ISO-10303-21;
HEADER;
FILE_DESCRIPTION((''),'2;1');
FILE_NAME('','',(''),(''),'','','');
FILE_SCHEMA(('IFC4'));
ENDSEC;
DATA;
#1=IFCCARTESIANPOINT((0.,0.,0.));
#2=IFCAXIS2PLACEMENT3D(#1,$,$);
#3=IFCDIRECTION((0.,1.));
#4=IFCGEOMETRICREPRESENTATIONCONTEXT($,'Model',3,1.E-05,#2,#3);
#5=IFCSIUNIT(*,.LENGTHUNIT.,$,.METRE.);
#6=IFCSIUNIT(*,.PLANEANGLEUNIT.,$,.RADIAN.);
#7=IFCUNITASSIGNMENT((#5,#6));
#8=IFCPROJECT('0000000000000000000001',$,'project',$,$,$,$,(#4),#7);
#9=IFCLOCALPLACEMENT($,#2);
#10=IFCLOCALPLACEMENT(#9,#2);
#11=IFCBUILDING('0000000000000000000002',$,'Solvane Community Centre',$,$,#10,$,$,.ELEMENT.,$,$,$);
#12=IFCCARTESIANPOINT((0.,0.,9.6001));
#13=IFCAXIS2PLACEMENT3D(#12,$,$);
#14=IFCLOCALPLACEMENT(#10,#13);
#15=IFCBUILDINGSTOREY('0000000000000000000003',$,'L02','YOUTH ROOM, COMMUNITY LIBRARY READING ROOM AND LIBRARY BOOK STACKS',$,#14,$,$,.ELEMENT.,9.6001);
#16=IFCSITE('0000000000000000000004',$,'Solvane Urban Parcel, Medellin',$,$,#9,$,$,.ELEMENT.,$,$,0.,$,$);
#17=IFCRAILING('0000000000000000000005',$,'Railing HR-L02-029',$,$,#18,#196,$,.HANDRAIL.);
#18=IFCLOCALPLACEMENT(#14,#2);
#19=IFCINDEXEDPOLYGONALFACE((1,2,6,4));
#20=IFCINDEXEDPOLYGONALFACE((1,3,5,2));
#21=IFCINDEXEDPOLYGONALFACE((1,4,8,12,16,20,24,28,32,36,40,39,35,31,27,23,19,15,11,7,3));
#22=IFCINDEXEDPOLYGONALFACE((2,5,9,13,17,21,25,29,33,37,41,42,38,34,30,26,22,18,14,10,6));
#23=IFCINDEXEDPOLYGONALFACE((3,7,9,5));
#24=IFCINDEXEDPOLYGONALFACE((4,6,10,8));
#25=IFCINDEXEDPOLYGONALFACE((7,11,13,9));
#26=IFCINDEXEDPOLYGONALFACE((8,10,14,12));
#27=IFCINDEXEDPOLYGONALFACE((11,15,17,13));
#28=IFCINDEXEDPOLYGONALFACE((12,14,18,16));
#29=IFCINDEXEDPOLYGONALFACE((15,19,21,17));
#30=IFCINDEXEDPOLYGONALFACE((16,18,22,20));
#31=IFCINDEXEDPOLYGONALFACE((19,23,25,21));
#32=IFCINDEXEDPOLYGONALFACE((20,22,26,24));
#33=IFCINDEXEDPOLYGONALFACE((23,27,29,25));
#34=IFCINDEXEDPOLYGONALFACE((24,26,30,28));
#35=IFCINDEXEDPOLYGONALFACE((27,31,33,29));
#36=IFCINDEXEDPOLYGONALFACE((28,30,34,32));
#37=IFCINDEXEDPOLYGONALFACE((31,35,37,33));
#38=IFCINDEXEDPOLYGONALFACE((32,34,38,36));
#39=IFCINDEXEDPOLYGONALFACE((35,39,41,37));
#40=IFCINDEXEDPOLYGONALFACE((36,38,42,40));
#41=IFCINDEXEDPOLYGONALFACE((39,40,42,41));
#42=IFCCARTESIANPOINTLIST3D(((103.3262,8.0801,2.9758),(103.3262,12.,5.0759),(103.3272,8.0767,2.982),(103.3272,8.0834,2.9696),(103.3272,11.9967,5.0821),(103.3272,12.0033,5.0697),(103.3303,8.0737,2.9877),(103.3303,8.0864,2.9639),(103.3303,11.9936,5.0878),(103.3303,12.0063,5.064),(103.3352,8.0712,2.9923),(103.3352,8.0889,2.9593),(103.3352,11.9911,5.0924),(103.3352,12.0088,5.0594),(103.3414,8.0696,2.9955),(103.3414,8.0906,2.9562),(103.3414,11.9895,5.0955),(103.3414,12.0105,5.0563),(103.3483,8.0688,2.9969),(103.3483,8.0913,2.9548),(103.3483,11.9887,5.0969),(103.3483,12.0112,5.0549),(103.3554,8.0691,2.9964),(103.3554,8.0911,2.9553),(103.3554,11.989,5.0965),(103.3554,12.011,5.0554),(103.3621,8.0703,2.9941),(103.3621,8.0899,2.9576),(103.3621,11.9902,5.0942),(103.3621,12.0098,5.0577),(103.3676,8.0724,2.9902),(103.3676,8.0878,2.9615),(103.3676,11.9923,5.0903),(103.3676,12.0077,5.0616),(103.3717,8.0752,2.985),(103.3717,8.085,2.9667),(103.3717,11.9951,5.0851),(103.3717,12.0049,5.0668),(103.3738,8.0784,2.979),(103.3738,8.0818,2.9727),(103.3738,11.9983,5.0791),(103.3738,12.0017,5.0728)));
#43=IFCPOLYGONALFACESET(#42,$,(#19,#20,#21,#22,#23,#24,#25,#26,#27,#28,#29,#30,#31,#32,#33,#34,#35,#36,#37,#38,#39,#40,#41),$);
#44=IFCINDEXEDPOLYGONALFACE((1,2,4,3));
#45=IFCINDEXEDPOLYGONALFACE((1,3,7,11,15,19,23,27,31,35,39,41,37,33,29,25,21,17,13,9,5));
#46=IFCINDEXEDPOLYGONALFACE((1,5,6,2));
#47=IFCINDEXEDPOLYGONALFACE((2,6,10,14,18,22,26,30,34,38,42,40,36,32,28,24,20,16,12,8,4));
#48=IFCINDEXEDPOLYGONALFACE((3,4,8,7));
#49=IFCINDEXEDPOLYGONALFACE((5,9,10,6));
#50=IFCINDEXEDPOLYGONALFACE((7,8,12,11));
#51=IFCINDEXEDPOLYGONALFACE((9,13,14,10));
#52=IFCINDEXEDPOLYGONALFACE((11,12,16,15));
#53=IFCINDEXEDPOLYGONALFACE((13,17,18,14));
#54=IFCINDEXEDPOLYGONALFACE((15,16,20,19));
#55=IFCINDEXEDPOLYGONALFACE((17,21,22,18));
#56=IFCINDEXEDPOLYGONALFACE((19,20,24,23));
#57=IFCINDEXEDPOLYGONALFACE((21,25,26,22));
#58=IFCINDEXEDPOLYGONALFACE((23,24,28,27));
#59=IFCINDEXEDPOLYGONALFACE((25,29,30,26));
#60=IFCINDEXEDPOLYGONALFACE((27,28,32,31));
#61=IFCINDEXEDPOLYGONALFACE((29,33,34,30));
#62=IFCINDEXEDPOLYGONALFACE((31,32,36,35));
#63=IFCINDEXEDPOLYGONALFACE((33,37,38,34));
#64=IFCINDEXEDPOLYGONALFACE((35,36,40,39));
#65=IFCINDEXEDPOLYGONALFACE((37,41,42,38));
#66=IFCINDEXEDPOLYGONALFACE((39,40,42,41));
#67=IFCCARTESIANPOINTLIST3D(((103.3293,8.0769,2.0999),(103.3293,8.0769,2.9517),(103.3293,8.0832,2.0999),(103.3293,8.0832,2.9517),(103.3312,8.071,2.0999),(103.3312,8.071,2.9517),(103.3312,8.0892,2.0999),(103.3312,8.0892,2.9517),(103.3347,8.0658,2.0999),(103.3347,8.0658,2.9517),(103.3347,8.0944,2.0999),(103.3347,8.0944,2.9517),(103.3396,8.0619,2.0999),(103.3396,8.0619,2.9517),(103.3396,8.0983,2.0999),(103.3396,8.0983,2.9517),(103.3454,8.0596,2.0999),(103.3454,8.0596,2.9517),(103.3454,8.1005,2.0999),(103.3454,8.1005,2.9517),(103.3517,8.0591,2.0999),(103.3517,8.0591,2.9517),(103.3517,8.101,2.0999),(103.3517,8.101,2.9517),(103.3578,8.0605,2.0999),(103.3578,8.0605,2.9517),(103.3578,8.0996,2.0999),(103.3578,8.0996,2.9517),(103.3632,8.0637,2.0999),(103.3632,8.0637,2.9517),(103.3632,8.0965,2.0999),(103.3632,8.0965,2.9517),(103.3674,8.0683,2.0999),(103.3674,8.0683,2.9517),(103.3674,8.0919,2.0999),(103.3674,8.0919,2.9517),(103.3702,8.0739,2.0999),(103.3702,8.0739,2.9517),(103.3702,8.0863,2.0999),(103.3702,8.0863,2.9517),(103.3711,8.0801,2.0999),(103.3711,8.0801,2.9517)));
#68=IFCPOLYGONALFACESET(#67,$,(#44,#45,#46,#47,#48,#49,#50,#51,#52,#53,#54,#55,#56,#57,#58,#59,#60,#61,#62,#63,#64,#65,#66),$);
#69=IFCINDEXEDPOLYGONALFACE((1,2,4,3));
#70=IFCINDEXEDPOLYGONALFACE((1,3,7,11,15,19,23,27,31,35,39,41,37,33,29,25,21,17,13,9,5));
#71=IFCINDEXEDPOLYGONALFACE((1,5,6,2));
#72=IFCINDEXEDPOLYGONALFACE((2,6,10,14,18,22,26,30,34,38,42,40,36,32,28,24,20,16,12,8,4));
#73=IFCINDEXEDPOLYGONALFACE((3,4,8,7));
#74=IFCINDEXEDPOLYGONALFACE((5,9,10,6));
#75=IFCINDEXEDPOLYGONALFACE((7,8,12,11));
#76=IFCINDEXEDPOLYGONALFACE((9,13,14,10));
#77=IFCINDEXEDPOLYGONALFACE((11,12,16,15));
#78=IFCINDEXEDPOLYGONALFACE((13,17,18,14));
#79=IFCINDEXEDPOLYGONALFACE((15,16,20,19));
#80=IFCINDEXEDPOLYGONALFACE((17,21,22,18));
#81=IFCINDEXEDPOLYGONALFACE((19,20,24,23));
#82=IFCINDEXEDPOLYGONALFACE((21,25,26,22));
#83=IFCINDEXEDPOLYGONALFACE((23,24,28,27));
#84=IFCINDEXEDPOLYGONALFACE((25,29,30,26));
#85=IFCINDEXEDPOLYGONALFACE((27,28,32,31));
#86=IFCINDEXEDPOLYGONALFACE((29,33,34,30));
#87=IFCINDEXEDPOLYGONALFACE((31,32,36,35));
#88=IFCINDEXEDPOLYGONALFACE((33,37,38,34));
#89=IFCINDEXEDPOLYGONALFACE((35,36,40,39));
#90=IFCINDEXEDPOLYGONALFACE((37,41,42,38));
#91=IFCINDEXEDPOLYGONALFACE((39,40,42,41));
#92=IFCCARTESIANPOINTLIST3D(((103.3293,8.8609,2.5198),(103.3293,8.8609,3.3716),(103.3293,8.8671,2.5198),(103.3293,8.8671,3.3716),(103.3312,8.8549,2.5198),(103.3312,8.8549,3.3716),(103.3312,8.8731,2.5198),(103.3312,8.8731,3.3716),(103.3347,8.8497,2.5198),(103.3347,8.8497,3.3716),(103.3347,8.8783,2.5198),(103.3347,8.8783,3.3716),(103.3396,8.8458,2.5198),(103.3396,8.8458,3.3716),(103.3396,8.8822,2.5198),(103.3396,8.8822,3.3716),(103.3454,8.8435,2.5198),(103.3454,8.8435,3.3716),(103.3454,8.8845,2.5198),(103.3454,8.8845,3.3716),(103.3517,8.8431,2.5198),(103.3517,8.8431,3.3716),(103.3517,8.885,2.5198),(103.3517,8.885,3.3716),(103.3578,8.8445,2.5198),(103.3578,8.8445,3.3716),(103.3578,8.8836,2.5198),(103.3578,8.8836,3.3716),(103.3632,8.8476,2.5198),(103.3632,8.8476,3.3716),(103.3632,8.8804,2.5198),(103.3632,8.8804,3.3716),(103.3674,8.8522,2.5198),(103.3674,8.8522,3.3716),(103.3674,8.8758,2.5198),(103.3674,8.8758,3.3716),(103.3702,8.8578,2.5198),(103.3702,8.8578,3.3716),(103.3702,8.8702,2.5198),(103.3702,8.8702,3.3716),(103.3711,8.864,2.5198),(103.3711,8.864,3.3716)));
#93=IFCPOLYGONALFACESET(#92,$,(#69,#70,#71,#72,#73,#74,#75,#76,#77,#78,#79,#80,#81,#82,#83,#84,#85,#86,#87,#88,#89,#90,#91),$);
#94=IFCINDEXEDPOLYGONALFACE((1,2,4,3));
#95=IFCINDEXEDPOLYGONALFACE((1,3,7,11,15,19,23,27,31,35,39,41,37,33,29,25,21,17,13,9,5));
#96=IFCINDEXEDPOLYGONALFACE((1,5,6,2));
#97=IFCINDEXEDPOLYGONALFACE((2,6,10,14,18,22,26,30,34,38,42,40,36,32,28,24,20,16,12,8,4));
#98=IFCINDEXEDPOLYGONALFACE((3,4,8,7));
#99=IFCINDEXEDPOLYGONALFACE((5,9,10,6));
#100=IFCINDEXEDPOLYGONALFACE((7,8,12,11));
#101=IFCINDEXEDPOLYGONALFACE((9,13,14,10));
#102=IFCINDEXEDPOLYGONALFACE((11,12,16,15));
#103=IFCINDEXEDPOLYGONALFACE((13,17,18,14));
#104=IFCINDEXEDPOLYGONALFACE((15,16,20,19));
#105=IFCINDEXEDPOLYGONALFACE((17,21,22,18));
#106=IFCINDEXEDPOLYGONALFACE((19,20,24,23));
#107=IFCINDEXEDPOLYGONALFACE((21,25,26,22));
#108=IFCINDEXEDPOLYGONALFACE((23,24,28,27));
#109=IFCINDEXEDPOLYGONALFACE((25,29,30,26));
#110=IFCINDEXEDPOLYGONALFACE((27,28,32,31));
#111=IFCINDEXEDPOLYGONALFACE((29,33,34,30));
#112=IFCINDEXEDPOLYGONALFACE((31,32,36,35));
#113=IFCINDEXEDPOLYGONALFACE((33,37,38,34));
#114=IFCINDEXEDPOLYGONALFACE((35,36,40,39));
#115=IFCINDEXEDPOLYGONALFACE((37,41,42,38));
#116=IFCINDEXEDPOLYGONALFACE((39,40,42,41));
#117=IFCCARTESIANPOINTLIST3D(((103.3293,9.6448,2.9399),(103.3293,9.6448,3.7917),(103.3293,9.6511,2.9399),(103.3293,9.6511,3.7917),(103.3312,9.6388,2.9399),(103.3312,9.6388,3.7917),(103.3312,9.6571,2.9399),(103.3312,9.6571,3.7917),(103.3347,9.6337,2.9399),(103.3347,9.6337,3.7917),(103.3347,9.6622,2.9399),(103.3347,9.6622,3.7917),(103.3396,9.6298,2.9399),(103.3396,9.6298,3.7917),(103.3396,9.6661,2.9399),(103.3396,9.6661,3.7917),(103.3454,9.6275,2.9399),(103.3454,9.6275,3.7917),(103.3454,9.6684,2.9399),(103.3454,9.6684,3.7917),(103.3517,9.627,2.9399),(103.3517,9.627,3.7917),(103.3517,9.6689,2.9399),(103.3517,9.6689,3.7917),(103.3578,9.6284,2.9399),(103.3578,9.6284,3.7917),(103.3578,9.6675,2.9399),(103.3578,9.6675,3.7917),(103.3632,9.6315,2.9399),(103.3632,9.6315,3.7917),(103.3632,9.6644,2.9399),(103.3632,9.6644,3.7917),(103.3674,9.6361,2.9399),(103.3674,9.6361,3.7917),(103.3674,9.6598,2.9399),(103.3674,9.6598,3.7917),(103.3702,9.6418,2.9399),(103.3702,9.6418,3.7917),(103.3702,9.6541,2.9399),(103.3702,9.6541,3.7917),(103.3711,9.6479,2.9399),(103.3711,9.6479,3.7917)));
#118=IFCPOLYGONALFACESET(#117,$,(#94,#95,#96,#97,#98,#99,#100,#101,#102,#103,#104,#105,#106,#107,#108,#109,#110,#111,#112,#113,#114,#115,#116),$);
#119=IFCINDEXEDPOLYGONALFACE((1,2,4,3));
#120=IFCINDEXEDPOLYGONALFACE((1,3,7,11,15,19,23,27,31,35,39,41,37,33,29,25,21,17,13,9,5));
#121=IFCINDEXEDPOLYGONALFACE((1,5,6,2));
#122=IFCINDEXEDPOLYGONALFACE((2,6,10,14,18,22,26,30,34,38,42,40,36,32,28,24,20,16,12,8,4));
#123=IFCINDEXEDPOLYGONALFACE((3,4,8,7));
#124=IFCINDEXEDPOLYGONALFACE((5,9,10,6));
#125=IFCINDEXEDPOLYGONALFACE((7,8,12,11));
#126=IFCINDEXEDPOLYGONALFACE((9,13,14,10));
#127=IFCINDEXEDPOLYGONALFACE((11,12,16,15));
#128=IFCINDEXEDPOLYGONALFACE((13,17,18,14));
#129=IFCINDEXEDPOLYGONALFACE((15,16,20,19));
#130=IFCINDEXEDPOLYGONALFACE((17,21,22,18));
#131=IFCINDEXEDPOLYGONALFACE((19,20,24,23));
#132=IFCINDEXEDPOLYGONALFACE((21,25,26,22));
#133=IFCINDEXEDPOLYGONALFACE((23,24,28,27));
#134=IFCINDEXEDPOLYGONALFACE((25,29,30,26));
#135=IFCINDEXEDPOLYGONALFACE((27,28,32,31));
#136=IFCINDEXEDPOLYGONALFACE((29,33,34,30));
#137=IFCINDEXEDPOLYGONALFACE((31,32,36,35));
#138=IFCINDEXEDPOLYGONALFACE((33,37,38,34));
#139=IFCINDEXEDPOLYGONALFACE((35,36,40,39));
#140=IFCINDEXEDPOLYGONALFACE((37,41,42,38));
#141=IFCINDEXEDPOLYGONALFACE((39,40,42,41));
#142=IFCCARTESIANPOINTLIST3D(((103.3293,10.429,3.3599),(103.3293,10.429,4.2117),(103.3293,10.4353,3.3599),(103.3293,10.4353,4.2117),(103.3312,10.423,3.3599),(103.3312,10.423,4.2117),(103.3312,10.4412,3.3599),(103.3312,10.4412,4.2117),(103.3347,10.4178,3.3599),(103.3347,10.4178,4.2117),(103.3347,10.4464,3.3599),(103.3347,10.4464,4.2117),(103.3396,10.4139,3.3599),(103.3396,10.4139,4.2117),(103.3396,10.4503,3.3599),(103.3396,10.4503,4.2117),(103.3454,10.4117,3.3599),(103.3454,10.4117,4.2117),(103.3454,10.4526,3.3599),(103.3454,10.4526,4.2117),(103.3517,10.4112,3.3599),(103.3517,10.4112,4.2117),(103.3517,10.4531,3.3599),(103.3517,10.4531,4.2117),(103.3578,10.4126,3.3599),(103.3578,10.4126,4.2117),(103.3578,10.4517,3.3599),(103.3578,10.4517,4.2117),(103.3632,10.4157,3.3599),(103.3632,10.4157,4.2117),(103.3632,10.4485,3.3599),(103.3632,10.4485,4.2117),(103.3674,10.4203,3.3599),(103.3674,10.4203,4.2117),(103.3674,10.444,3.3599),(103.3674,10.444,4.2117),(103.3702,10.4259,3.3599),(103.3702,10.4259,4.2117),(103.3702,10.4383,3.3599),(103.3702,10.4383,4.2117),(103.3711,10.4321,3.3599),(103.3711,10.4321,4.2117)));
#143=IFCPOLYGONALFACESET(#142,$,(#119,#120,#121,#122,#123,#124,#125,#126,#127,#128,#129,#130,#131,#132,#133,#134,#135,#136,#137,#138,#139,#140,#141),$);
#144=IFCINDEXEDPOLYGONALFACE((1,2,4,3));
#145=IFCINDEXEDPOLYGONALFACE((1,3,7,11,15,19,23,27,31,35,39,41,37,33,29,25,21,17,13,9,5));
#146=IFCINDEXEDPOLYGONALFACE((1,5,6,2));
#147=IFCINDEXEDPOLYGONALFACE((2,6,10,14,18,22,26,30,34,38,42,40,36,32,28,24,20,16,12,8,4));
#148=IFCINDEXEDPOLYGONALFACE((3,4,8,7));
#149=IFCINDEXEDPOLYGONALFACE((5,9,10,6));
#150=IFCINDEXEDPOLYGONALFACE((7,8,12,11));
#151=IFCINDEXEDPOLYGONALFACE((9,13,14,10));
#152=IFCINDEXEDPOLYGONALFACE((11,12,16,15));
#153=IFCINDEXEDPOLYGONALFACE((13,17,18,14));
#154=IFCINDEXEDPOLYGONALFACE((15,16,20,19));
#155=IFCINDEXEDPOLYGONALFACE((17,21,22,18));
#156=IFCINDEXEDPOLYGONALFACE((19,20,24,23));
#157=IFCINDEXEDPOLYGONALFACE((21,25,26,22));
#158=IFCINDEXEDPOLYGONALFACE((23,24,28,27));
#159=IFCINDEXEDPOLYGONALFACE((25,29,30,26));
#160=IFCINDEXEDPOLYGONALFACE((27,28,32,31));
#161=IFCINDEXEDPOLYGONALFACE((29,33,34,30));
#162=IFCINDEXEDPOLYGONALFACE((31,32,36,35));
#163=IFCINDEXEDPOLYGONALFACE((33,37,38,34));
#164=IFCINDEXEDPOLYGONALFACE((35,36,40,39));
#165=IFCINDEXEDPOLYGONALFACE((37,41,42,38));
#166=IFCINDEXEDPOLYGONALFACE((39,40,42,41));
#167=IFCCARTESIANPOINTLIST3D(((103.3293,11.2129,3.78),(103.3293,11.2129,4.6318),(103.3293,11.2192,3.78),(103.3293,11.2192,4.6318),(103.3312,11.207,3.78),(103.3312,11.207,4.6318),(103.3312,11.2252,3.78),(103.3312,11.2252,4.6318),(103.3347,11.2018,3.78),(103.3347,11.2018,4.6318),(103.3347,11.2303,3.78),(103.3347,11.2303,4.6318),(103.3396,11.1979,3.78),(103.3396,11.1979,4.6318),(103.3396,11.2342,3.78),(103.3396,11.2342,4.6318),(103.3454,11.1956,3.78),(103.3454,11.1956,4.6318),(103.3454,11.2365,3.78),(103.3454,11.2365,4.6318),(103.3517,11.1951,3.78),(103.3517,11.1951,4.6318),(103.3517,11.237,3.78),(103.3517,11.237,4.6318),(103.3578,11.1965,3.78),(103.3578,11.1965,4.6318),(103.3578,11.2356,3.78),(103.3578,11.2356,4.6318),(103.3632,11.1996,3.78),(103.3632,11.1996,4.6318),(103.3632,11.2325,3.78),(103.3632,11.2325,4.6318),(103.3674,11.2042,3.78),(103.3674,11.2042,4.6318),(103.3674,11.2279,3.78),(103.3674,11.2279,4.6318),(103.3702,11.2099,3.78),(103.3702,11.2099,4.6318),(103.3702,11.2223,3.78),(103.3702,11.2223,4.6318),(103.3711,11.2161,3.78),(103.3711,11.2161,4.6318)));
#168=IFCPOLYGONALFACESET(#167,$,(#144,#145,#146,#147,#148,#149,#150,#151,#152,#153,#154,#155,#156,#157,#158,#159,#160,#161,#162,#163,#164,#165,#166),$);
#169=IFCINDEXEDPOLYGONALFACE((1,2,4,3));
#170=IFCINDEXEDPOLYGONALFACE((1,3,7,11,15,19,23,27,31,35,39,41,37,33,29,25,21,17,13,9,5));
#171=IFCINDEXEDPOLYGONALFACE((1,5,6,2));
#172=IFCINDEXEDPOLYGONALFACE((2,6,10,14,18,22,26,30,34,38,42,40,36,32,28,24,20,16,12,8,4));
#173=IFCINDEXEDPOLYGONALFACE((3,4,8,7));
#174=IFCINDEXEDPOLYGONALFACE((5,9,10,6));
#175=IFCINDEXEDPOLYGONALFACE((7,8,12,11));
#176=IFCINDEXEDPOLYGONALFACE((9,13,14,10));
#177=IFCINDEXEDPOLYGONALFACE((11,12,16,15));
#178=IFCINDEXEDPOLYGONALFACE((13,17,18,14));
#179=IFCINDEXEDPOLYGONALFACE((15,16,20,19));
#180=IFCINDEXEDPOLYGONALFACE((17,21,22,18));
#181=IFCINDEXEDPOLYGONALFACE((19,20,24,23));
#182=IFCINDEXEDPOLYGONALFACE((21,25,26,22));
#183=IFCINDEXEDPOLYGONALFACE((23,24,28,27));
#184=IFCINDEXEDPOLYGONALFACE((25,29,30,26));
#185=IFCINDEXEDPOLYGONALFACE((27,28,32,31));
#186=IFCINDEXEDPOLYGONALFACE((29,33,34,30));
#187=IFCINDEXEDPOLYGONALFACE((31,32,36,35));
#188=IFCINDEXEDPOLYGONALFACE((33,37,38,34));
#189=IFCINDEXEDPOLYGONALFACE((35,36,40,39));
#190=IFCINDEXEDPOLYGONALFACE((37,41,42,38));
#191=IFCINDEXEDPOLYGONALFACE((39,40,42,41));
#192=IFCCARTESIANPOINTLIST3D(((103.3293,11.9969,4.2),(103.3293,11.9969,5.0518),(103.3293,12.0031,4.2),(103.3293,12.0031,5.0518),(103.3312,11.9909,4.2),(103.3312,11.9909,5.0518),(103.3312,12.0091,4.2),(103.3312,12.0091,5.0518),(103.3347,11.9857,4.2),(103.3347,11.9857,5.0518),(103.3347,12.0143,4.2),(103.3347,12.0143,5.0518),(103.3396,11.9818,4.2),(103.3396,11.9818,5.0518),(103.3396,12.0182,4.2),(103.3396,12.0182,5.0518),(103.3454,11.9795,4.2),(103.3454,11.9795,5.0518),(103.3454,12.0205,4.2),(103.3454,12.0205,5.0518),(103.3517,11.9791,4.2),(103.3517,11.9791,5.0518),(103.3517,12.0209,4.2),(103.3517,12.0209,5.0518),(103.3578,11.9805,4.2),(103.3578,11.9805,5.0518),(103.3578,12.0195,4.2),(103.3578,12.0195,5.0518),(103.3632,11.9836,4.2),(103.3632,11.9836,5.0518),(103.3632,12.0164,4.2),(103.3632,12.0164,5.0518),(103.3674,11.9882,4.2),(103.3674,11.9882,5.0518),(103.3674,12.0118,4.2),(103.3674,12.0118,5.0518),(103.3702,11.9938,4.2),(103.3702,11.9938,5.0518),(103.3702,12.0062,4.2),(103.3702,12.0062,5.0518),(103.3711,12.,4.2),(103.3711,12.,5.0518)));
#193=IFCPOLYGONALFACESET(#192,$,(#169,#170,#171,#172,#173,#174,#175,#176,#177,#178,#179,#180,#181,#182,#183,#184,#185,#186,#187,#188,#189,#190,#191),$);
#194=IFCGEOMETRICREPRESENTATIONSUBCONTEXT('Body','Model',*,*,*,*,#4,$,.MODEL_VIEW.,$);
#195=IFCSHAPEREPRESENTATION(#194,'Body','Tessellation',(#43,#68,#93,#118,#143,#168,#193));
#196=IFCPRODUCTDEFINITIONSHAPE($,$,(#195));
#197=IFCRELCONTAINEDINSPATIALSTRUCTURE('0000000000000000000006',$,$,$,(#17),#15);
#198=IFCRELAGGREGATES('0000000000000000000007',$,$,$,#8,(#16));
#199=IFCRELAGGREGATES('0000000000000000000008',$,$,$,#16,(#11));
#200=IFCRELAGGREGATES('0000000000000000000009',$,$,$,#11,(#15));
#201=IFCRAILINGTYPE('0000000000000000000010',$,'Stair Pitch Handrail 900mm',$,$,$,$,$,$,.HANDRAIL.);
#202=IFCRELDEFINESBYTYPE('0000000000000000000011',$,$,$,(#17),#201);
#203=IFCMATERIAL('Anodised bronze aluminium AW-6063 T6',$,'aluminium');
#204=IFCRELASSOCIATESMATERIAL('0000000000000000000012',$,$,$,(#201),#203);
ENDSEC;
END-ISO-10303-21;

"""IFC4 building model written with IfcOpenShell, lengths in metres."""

from ifc_helpers import new_model, si_unit, direction, frame, origin, origin_2d, place, context, subcontext, project, spatial, circle, extrude, material, type_object, element, save


model = new_model("IFC4")

# Units and contexts
model_context = context("Model", 3, precision=1e-05, world=origin(), true_north=direction((0.0, 1.0)))
body_context = subcontext(model_context, "Body", "Model", "MODEL_VIEW")
ifc_project = project(units=[si_unit("LENGTHUNIT", "METRE"), si_unit("PLANEANGLEUNIT", "RADIAN")], contexts=[model_context])

# Site, building, storey
site_placement = place(None, origin())
site = spatial("IfcSite", under=ifc_project, at=site_placement, Name="Solvane Urban Parcel, Medellin", CompositionType="ELEMENT", RefElevation=0.0)
building_placement = place(site_placement, origin())
building = spatial("IfcBuilding", under=site, at=building_placement, Name="Solvane Community Centre", CompositionType="ELEMENT")
storey_placement = place(building_placement, frame((0.0, 0.0, 9.6001)))
storey = spatial("IfcBuildingStorey", under=building, at=storey_placement, Name="L02", Description="YOUTH ROOM, COMMUNITY LIBRARY READING ROOM AND LIBRARY BOOK STACKS", CompositionType="ELEMENT", Elevation=9.6001)

# Shared definitions
ifc_material_1 = material(Name="Anodised bronze aluminium AW-6063 T6", Category="aluminium")

# Railing
railing_type_1 = type_object("IfcRailingType", Name="Stair Pitch Handrail 900mm", PredefinedType="HANDRAIL", material=ifc_material_1)
railing_1_placement = place(storey_placement, frame((103.3501, 8.0801, 2.0999)))
element("IfcRailing", 1, at=railing_1_placement, inside=storey, type_object=railing_type_1, Name="Railing HR-L02-029", PredefinedType="HANDRAIL", context=body_context, shape_type="SweptSolid", body=[
    extrude(circle(Radius=0.0239, at=origin_2d()), frame((0.0, 0.0, 0.876), z_axis=(0.0, 0.881467, 0.472246), x_axis=(-1.0, 0.0, 0.0)), (0.0, 0.0, 1.0), 4.447),
    extrude(circle(Radius=0.021, at=origin_2d()), origin(), (0.0, 0.0, 1.0), 0.8518),
    extrude(circle(Radius=0.021, at=origin_2d()), frame((0.0, 0.7839, 0.4199)), (0.0, 0.0, 1.0), 0.8518),
    extrude(circle(Radius=0.021, at=origin_2d()), frame((0.0, 1.5679, 0.8401)), (0.0, 0.0, 1.0), 0.8518),
    extrude(circle(Radius=0.021, at=origin_2d()), frame((0.0, 2.3521, 1.26)), (0.0, 0.0, 1.0), 0.8518),
    extrude(circle(Radius=0.021, at=origin_2d()), frame((0.0, 3.136, 1.6802)), (0.0, 0.0, 1.0), 0.8518),
    extrude(circle(Radius=0.021, at=origin_2d()), frame((0.0, 3.9199, 2.1001)), (0.0, 0.0, 1.0), 0.8518),
])

save(model, "model.ifc")
